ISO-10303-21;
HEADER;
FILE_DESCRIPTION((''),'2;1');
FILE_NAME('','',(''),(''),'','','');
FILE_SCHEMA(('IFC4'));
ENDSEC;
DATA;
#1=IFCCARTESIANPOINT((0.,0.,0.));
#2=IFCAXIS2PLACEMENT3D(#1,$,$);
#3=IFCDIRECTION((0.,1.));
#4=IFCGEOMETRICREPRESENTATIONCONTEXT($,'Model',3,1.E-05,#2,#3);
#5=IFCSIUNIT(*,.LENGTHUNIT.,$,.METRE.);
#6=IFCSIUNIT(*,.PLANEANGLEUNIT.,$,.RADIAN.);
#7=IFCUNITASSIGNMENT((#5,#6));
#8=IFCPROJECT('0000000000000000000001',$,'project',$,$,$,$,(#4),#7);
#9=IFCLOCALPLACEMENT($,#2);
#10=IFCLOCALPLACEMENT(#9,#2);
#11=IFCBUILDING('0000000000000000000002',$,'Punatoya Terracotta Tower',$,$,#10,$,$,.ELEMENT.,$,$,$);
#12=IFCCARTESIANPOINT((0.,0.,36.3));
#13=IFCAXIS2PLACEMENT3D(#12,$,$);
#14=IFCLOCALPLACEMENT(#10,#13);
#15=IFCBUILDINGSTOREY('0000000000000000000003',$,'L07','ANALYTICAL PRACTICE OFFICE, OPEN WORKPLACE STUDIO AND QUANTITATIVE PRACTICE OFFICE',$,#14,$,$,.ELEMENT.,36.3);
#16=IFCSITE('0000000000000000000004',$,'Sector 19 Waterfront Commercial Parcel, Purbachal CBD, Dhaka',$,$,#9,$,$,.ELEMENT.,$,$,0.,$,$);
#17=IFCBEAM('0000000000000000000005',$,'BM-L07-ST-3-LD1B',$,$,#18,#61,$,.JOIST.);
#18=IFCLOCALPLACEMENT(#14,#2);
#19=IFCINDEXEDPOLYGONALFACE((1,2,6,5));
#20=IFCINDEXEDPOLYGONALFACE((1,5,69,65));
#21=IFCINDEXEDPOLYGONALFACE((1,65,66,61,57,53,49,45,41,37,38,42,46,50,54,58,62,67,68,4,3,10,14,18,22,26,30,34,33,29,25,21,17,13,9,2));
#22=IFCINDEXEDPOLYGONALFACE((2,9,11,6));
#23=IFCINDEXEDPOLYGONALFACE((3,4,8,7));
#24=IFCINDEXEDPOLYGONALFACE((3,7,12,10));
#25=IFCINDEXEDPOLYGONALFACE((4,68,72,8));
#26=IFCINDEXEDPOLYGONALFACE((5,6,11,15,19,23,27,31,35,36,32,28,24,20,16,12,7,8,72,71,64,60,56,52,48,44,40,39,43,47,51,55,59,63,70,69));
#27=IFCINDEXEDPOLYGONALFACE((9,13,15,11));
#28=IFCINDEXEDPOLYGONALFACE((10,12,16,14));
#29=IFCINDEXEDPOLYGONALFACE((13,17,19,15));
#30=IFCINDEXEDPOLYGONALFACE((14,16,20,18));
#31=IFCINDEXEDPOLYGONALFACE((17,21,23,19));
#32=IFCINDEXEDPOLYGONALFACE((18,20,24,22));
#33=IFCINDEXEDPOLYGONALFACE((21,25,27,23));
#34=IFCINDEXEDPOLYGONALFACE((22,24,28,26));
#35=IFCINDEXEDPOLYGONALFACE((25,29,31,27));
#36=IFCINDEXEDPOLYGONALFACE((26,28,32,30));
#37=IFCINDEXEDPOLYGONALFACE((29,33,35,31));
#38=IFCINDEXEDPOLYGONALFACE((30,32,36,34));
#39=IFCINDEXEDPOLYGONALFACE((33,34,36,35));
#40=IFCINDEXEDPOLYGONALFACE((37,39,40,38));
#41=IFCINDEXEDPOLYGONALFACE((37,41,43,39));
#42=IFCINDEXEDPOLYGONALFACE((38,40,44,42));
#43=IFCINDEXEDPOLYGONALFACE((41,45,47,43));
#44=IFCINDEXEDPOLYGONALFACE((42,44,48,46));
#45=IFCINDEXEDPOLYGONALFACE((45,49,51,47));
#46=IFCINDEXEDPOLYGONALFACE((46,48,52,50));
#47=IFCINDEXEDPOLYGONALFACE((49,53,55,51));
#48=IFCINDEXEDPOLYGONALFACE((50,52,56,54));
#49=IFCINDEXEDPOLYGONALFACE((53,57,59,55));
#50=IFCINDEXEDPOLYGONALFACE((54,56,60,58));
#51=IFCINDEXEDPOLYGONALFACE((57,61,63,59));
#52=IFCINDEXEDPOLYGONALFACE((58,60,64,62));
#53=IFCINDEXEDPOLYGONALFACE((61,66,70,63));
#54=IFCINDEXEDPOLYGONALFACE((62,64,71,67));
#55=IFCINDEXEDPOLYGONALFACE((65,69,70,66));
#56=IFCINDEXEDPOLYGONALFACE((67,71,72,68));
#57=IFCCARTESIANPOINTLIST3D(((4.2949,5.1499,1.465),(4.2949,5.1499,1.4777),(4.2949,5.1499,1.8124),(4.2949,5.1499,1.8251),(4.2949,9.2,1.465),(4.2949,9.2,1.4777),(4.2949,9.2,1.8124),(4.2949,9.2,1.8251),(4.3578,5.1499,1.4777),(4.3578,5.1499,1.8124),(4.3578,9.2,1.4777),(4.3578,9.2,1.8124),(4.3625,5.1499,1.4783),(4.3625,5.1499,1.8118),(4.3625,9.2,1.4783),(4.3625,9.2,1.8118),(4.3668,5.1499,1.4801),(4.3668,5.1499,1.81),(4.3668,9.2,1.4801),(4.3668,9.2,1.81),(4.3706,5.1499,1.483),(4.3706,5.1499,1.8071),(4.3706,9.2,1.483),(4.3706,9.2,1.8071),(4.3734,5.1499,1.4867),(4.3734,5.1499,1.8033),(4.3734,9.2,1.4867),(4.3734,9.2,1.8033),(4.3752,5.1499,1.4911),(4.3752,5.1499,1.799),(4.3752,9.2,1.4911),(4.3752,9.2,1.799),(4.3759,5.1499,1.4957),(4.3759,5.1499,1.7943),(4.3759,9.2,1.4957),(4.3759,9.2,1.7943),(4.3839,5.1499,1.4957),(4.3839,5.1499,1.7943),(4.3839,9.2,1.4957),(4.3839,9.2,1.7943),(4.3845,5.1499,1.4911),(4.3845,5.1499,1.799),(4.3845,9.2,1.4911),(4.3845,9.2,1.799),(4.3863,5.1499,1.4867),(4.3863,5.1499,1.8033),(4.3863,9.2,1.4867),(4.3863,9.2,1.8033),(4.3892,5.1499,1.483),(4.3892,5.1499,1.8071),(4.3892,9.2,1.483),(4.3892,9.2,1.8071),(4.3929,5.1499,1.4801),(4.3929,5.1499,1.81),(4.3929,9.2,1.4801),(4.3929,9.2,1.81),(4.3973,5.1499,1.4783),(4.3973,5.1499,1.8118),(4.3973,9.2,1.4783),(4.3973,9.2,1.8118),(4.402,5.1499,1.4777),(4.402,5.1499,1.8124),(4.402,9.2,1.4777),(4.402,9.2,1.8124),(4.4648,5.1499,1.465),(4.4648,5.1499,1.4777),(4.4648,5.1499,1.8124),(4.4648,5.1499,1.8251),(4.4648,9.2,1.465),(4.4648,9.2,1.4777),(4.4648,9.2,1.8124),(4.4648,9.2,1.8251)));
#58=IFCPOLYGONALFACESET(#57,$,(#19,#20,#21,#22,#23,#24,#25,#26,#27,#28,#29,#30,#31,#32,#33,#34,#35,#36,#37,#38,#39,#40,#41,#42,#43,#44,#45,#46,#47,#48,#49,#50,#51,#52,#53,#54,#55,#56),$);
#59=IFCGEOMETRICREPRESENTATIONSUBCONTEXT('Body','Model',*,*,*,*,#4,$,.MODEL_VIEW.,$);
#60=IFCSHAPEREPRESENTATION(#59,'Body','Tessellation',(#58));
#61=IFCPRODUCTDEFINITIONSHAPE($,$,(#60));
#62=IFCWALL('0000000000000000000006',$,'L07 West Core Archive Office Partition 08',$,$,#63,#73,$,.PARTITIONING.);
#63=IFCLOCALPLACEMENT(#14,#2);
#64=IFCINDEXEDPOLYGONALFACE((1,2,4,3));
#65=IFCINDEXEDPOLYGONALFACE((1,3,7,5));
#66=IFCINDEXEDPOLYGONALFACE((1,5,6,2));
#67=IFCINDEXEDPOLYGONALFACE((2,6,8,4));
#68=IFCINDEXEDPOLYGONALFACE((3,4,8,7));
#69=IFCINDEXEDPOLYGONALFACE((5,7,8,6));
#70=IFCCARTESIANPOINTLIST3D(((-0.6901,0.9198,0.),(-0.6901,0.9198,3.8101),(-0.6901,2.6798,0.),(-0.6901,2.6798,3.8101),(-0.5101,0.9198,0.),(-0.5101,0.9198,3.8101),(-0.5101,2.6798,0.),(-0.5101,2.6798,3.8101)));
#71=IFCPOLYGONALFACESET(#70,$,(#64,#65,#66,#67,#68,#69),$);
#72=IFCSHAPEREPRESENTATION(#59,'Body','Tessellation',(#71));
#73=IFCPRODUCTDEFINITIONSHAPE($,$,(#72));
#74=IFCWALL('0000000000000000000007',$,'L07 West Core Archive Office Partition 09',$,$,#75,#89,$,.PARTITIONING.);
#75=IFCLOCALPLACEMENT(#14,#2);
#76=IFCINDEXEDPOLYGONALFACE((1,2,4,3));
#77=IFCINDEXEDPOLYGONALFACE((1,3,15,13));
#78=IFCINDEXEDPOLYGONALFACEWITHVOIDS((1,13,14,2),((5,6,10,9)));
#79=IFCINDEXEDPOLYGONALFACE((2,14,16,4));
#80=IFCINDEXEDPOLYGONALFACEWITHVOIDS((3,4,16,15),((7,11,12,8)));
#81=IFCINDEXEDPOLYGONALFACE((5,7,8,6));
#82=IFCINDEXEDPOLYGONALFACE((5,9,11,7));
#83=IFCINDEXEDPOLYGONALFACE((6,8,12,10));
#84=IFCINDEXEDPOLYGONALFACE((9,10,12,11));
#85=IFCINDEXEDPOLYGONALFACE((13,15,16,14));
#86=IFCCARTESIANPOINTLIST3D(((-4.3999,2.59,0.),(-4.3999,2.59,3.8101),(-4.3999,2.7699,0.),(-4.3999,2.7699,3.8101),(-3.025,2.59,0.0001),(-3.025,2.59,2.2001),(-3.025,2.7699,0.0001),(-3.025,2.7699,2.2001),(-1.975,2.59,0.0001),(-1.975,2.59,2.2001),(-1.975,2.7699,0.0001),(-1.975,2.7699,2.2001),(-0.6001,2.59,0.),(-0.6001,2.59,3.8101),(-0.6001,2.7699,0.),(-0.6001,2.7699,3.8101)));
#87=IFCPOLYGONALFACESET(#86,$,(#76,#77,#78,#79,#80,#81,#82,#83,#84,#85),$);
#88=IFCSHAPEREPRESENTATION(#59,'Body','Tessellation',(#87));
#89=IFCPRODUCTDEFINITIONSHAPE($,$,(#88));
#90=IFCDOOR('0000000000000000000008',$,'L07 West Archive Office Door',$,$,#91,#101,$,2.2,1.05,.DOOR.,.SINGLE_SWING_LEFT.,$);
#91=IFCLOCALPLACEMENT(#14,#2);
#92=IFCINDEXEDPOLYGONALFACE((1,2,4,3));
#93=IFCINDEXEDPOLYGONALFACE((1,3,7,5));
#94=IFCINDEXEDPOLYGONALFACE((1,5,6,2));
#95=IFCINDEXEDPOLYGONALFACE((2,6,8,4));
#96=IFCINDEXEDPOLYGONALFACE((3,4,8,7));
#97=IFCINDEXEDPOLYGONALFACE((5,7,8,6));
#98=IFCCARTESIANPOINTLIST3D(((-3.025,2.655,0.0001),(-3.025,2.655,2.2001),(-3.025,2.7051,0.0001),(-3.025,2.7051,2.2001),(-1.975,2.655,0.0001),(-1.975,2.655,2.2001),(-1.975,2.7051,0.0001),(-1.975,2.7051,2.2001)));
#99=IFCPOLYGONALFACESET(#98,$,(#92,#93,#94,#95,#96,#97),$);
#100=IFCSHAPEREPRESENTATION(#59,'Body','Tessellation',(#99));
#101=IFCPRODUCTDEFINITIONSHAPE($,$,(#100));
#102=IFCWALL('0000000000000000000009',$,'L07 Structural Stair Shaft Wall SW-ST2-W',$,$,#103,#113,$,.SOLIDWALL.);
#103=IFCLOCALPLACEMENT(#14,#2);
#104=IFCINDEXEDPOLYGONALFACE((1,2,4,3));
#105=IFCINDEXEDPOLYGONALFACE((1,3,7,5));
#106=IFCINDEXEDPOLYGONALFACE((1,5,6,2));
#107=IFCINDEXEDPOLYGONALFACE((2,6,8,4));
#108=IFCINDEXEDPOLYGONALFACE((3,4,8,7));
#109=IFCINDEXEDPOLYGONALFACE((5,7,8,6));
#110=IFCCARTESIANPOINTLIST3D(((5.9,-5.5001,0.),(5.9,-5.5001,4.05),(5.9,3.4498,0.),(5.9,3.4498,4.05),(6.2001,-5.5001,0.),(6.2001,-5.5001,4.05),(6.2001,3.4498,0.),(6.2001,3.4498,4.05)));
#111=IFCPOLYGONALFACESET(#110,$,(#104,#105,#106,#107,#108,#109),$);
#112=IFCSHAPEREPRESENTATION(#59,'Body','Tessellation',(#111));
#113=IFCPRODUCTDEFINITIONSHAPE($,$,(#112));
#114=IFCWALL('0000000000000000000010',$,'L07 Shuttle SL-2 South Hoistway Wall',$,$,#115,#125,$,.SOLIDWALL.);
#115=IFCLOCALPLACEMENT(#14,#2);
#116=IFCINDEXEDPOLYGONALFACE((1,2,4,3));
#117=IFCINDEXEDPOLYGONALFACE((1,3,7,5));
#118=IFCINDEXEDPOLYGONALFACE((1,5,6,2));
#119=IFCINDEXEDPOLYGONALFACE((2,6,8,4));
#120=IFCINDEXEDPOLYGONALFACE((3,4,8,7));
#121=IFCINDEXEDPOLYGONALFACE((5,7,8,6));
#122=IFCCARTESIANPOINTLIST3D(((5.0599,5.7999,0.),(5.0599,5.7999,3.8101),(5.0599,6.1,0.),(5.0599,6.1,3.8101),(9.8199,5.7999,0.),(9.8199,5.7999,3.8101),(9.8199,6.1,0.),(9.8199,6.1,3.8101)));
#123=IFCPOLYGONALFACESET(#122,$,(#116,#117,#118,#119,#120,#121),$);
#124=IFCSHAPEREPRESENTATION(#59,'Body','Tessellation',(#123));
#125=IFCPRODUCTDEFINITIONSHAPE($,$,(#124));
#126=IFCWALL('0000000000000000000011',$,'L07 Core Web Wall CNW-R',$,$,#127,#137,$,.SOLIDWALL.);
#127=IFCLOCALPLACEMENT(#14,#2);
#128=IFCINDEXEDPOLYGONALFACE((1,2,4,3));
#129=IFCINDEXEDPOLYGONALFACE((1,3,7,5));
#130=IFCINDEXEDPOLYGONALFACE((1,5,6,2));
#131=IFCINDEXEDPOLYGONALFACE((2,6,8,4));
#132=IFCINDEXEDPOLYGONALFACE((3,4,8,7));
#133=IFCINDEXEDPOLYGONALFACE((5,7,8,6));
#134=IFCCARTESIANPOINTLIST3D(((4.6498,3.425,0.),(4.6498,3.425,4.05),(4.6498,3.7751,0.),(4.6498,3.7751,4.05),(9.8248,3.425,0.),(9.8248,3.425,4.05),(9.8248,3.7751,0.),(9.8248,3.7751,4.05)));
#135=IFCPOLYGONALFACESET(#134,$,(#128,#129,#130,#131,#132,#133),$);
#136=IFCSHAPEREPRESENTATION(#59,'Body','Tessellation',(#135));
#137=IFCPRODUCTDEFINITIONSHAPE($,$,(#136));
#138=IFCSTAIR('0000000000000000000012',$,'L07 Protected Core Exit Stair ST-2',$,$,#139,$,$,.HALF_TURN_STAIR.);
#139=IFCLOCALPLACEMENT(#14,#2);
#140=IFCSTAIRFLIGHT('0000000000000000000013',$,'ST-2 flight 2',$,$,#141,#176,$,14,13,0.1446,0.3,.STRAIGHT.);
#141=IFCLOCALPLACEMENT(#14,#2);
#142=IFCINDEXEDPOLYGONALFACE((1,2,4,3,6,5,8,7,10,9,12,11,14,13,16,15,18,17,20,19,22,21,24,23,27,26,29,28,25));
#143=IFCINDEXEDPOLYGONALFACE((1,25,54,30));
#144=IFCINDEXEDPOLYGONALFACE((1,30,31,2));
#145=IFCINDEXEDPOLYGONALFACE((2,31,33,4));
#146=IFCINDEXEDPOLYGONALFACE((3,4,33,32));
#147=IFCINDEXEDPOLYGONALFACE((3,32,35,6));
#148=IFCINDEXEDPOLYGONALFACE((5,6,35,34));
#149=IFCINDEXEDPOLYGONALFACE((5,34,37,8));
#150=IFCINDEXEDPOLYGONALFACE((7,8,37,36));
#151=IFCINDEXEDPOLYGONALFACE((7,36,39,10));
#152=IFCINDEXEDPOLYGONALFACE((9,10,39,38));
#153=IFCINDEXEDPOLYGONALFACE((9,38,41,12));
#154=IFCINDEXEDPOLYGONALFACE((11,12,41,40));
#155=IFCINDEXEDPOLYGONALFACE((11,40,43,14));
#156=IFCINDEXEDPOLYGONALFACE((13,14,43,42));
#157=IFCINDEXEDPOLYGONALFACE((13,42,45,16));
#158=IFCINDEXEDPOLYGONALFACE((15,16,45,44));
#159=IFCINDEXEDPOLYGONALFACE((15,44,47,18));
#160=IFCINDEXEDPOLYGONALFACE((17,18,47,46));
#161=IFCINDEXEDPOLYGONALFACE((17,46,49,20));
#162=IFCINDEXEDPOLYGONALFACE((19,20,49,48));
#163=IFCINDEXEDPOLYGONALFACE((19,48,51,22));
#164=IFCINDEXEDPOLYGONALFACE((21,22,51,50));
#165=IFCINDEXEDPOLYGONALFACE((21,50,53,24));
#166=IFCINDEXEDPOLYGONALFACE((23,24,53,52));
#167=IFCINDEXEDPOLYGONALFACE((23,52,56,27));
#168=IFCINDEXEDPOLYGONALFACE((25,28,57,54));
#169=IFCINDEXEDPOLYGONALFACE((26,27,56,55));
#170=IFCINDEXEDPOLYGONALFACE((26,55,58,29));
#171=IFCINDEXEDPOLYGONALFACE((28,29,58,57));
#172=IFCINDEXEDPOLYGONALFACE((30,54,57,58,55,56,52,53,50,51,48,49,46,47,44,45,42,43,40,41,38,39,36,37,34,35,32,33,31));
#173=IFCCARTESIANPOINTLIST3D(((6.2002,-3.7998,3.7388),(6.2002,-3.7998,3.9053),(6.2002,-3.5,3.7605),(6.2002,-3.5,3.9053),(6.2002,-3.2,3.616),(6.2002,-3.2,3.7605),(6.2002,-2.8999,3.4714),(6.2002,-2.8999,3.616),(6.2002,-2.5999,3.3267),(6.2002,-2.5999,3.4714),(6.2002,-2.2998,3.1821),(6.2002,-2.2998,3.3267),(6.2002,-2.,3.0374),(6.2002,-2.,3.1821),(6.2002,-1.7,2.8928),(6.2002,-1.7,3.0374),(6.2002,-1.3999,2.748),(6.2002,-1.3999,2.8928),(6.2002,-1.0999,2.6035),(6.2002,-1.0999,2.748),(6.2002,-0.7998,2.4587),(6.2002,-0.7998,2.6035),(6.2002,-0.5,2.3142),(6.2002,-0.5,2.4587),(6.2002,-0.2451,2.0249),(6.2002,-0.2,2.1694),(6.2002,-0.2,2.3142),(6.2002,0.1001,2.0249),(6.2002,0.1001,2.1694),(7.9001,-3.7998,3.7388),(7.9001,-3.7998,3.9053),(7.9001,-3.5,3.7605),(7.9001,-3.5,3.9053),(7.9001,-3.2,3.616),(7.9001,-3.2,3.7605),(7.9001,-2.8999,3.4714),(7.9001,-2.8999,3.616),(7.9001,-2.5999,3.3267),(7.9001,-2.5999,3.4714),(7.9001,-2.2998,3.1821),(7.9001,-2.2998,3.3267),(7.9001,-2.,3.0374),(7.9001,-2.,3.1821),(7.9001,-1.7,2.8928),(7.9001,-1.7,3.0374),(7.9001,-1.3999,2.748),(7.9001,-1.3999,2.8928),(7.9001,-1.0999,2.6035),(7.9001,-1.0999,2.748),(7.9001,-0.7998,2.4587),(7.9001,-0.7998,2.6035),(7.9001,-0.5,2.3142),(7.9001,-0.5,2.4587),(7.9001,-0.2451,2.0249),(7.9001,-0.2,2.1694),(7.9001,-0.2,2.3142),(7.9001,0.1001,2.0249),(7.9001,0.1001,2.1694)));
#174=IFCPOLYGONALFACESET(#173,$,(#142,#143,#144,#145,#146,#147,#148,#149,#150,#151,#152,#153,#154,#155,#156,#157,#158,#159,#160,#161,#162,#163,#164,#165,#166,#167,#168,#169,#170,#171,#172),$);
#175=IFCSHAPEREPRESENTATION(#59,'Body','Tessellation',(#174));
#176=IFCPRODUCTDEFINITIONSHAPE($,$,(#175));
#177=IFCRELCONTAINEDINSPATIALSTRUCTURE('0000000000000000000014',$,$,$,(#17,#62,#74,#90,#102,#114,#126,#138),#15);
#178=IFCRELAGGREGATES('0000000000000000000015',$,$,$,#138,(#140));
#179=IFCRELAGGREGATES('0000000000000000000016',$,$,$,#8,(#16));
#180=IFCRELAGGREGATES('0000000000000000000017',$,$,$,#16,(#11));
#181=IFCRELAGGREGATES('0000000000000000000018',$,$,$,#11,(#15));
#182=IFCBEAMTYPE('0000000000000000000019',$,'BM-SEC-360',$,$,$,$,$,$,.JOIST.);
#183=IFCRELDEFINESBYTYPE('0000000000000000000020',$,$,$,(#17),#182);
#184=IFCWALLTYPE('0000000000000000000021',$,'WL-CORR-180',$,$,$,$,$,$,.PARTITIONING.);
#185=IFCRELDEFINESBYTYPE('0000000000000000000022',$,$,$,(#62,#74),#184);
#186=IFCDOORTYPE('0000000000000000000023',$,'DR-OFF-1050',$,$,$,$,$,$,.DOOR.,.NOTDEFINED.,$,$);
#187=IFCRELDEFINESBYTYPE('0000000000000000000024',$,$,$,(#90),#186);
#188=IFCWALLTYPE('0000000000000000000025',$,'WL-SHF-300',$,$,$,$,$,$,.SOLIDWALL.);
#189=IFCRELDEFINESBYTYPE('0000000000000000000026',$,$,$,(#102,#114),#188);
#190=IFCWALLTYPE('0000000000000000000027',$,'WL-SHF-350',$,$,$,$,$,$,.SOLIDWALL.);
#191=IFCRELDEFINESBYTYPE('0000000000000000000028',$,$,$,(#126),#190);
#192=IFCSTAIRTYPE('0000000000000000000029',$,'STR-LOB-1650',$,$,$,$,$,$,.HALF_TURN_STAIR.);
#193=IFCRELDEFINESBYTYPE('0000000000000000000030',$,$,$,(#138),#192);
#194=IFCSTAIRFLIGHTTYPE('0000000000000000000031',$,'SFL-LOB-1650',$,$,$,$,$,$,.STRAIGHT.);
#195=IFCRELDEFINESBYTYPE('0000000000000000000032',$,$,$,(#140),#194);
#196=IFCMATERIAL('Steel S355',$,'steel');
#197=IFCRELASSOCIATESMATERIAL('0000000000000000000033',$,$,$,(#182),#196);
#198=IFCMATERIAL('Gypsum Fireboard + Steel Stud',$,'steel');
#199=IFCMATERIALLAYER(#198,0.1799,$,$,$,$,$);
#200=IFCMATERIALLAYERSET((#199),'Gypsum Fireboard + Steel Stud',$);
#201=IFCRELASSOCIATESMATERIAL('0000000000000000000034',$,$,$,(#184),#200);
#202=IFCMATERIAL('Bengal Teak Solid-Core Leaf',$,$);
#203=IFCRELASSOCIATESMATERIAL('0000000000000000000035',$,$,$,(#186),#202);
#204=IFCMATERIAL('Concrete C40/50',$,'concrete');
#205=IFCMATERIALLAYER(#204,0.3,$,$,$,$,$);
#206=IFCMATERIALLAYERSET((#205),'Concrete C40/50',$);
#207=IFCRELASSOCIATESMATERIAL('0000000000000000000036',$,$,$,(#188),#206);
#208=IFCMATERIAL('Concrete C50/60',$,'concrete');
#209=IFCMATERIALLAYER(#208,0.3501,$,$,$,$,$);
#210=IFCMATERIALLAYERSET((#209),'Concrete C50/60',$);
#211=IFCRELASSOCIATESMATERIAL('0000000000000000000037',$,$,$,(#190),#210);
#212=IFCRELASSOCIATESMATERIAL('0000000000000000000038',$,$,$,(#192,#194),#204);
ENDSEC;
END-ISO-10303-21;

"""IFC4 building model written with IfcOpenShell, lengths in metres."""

from ifc_helpers import new_model, si_unit, direction, frame, frame_2d, origin, origin_2d, place, context, subcontext, project, spatial, polyline, rectangle, i_section, outline, extrude, material, layer, layer_set, material_profile, profile_set, type_object, element, fill, aggregate, save


model = new_model("IFC4")

# Units and contexts
model_context = context("Model", 3, precision=1e-05, world=origin(), true_north=direction((0.0, 1.0)))
body_context = subcontext(model_context, "Body", "Model", "MODEL_VIEW")
ifc_project = project(units=[si_unit("LENGTHUNIT", "METRE"), si_unit("PLANEANGLEUNIT", "RADIAN")], contexts=[model_context])

# Site, building, storey
site_placement = place(None, origin())
site = spatial("IfcSite", under=ifc_project, at=site_placement, Name="Sector 19 Waterfront Commercial Parcel, Purbachal CBD, Dhaka", CompositionType="ELEMENT", RefElevation=0.0)
building_placement = place(site_placement, origin())
building = spatial("IfcBuilding", under=site, at=building_placement, Name="Punatoya Terracotta Tower", CompositionType="ELEMENT")
storey_placement = place(building_placement, frame((0.0, 0.0, 36.3)))
storey = spatial("IfcBuildingStorey", under=building, at=storey_placement, Name="L07", Description="ANALYTICAL PRACTICE OFFICE, OPEN WORKPLACE STUDIO AND QUANTITATIVE PRACTICE OFFICE", CompositionType="ELEMENT", Elevation=36.3)

# Beam
ifc_material_1 = material(Name="Steel S355", Category="steel")
ifc_material_profile_1 = material_profile(ifc_material_1, i_section(OverallWidth=0.1699, OverallDepth=0.3601, WebThickness=0.0081, FlangeThickness=0.0127, FilletRadius=0.0181, at=origin_2d()))
ifc_profile_set_1 = profile_set([ifc_material_profile_1], Name="Steel S355")
beam_type_1 = type_object("IfcBeamType", Name="BM-SEC-360", PredefinedType="JOIST", material=ifc_profile_set_1)
for number, where, z_axis, x_axis, name in (
    (1, (4.3799, 5.1499, 1.645), (0.0, 1.0, 0.0), (-1.0, 0.0, 0.0), "BM-L07-ST-3-LD1B"),
):
    element("IfcBeam", number, at=place(storey_placement, frame(where, z_axis=z_axis, x_axis=x_axis)), inside=storey, type_object=beam_type_1, Name=name, PredefinedType="JOIST", context=body_context, shape_type="SweptSolid", body=[
        extrude(i_section(OverallWidth=0.1699, OverallDepth=0.3601, WebThickness=0.0081, FlangeThickness=0.0127, FilletRadius=0.0181, at=origin_2d()), origin(), (0.0, 0.0, 1.0), 4.05),
    ])

# Wall
ifc_material_2 = material(Name="Gypsum Fireboard + Steel Stud", Category="steel")
ifc_layer_1 = layer(ifc_material_2, 0.1799)
ifc_layer_set_1 = layer_set([ifc_layer_1], Name="Gypsum Fireboard + Steel Stud")
wall_type_1 = type_object("IfcWallType", Name="WL-CORR-180", PredefinedType="PARTITIONING", material=ifc_layer_set_1)
wall_1_placement = place(storey_placement, frame((-0.6001, 0.9199, 0.0), z_axis=(0.0, 0.0, 1.0), x_axis=(0.0, 1.0, 0.0)))
element("IfcWall", 2, at=wall_1_placement, inside=storey, type_object=wall_type_1, Name="L07 West Core Archive Office Partition 08", PredefinedType="PARTITIONING", context=body_context, shape_type="SweptSolid", body=[
    extrude(rectangle(XDim=1.76, YDim=0.1799, at=frame_2d((0.8799, 0.0))), origin(), (0.0, 0.0, 1.0), 3.8101),
])

# Wall, opening, door
wall_2_placement = place(storey_placement, frame((-0.6001, 2.6799, 0.0), z_axis=(0.0, 0.0, 1.0), x_axis=(-1.0, 0.0, 0.0)))
wall_2 = element("IfcWall", 3, at=wall_2_placement, inside=storey, type_object=wall_type_1, Name="L07 West Core Archive Office Partition 09", PredefinedType="PARTITIONING", context=body_context, shape_type="SweptSolid", body=[
    extrude(rectangle(XDim=3.7998, YDim=0.1799, at=frame_2d((1.8999, 0.0))), origin(), (0.0, 0.0, 1.0), 3.8101),
])
opening_placement = place(wall_2_placement, frame((1.375, 0.0, 0.0)))
opening = element("IfcOpeningElement", 4, at=opening_placement, cuts=wall_2, PredefinedType="OPENING", context=body_context, shape_type="SweptSolid", body=[
    extrude(rectangle(XDim=1.05, YDim=2.2, at=frame_2d((0.5249, 1.1001))), frame((0.0, 0.0999, 0.0), z_axis=(0.0, -1.0, 0.0), x_axis=(1.0, 0.0, 0.0)), (0.0, 0.0, 1.0), 0.2),
])
ifc_material_3 = material(Name="Bengal Teak Solid-Core Leaf")
door_type = type_object("IfcDoorType", Name="DR-OFF-1050", OperationType="NOTDEFINED", PredefinedType="DOOR", material=ifc_material_3)
door_placement = place(opening_placement, origin())
door = element("IfcDoor", 5, at=door_placement, inside=storey, type_object=door_type, Name="L07 West Archive Office Door", OperationType="SINGLE_SWING_LEFT", OverallHeight=2.2, OverallWidth=1.05, PredefinedType="DOOR", context=body_context, shape_type="SweptSolid", body=[
    extrude(rectangle(XDim=1.05, YDim=2.2, at=frame_2d((0.5249, 1.1001))), frame((0.0, 0.0249, 0.0), z_axis=(0.0, -1.0, 0.0), x_axis=(1.0, 0.0, 0.0)), (0.0, 0.0, 1.0), 0.05),
])
fill(opening, door)

# Walls
ifc_material_4 = material(Name="Concrete C40/50", Category="concrete")
ifc_layer_2 = layer(ifc_material_4, 0.3)
ifc_layer_set_2 = layer_set([ifc_layer_2], Name="Concrete C40/50")
wall_type_2 = type_object("IfcWallType", Name="WL-SHF-300", PredefinedType="SOLIDWALL", material=ifc_layer_set_2)
wall_3_placement = place(storey_placement, frame((6.05, 3.45, 0.0), z_axis=(0.0, 0.0, 1.0), x_axis=(0.0, -1.0, 0.0)))
element("IfcWall", 6, at=wall_3_placement, inside=storey, type_object=wall_type_2, Name="L07 Structural Stair Shaft Wall SW-ST2-W", PredefinedType="SOLIDWALL", context=body_context, shape_type="SweptSolid", body=[
    extrude(rectangle(XDim=8.95, YDim=0.3, at=frame_2d((4.4751, 0.0))), origin(), (0.0, 0.0, 1.0), 4.05),
])
wall_4_placement = place(storey_placement, frame((5.0601, 5.95, 0.0), z_axis=(0.0, 0.0, 1.0), x_axis=(1.0, 0.0, 0.0)))
element("IfcWall", 7, at=wall_4_placement, inside=storey, type_object=wall_type_2, Name="L07 Shuttle SL-2 South Hoistway Wall", PredefinedType="SOLIDWALL", context=body_context, shape_type="SweptSolid", body=[
    extrude(rectangle(XDim=4.76, YDim=0.3, at=frame_2d((2.3799, 0.0))), origin(), (0.0, 0.0, 1.0), 3.8101),
])
ifc_material_5 = material(Name="Concrete C50/60", Category="concrete")
ifc_layer_3 = layer(ifc_material_5, 0.3501)
ifc_layer_set_3 = layer_set([ifc_layer_3], Name="Concrete C50/60")
wall_type_3 = type_object("IfcWallType", Name="WL-SHF-350", PredefinedType="SOLIDWALL", material=ifc_layer_set_3)
wall_5_placement = place(storey_placement, frame((4.6499, 3.6001, 0.0), z_axis=(0.0, 0.0, 1.0), x_axis=(1.0, 0.0, 0.0)))
element("IfcWall", 8, at=wall_5_placement, inside=storey, type_object=wall_type_3, Name="L07 Core Web Wall CNW-R", PredefinedType="SOLIDWALL", context=body_context, shape_type="SweptSolid", body=[
    extrude(rectangle(XDim=5.175, YDim=0.3501, at=frame_2d((2.5874, 0.0))), origin(), (0.0, 0.0, 1.0), 4.05),
])

# Stair, stair flight
stair_type = type_object("IfcStairType", Name="STR-LOB-1650", PredefinedType="HALF_TURN_STAIR", material=ifc_material_4)
stair_placement = place(storey_placement, origin())
stair = element("IfcStair", 9, at=stair_placement, inside=storey, type_object=stair_type, Name="L07 Protected Core Exit Stair ST-2", PredefinedType="HALF_TURN_STAIR")
stair_flight_type = type_object("IfcStairFlightType", Name="SFL-LOB-1650", PredefinedType="STRAIGHT", material=ifc_material_4)
stair_flight_placement = place(storey_placement, frame((7.05, 0.1001, 2.0249), z_axis=(0.0, 0.0, 1.0), x_axis=(0.0, -1.0, 0.0)))
stair_flight = element("IfcStairFlight", 10, at=stair_flight_placement, type_object=stair_flight_type, Name="ST-2 flight 2", NumberOfRisers=14, NumberOfTreads=13, PredefinedType="STRAIGHT", RiserHeight=0.1446, TreadLength=0.3, context=body_context, shape_type="SweptSolid", body=[
    extrude(outline(polyline([(0.0, 0.0), (0.0, 0.1445), (0.3, 0.1445), (0.3, 0.2893), (0.6001, 0.2893), (0.6001, 0.4338), (0.8999, 0.4338), (0.8999, 0.5786), (1.2, 0.5786), (1.2, 0.7231), (1.5, 0.7231), (1.5, 0.8679), (1.8, 0.8679), (1.8, 1.0125), (2.1001, 1.0125), (2.1001, 1.1572), (2.3999, 1.1572), (2.3999, 1.3018), (2.7, 1.3018), (2.7, 1.4465), (3.0, 1.4465), (3.0, 1.5911), (3.3, 1.5911), (3.3, 1.7356), (3.6001, 1.7356), (3.6001, 1.8804), (3.8999, 1.8804), (3.8999, 2.0249), (3.8999, 1.7139), (0.3452, 0.0), (0.0, 0.0)])), frame((0.0, 0.8501, 0.0), z_axis=(0.0, -1.0, 0.0), x_axis=(1.0, 0.0, 0.0)), (0.0, 0.0, 1.0), 1.7),
])
aggregate(stair, [stair_flight])

save(model, "model.ifc")
